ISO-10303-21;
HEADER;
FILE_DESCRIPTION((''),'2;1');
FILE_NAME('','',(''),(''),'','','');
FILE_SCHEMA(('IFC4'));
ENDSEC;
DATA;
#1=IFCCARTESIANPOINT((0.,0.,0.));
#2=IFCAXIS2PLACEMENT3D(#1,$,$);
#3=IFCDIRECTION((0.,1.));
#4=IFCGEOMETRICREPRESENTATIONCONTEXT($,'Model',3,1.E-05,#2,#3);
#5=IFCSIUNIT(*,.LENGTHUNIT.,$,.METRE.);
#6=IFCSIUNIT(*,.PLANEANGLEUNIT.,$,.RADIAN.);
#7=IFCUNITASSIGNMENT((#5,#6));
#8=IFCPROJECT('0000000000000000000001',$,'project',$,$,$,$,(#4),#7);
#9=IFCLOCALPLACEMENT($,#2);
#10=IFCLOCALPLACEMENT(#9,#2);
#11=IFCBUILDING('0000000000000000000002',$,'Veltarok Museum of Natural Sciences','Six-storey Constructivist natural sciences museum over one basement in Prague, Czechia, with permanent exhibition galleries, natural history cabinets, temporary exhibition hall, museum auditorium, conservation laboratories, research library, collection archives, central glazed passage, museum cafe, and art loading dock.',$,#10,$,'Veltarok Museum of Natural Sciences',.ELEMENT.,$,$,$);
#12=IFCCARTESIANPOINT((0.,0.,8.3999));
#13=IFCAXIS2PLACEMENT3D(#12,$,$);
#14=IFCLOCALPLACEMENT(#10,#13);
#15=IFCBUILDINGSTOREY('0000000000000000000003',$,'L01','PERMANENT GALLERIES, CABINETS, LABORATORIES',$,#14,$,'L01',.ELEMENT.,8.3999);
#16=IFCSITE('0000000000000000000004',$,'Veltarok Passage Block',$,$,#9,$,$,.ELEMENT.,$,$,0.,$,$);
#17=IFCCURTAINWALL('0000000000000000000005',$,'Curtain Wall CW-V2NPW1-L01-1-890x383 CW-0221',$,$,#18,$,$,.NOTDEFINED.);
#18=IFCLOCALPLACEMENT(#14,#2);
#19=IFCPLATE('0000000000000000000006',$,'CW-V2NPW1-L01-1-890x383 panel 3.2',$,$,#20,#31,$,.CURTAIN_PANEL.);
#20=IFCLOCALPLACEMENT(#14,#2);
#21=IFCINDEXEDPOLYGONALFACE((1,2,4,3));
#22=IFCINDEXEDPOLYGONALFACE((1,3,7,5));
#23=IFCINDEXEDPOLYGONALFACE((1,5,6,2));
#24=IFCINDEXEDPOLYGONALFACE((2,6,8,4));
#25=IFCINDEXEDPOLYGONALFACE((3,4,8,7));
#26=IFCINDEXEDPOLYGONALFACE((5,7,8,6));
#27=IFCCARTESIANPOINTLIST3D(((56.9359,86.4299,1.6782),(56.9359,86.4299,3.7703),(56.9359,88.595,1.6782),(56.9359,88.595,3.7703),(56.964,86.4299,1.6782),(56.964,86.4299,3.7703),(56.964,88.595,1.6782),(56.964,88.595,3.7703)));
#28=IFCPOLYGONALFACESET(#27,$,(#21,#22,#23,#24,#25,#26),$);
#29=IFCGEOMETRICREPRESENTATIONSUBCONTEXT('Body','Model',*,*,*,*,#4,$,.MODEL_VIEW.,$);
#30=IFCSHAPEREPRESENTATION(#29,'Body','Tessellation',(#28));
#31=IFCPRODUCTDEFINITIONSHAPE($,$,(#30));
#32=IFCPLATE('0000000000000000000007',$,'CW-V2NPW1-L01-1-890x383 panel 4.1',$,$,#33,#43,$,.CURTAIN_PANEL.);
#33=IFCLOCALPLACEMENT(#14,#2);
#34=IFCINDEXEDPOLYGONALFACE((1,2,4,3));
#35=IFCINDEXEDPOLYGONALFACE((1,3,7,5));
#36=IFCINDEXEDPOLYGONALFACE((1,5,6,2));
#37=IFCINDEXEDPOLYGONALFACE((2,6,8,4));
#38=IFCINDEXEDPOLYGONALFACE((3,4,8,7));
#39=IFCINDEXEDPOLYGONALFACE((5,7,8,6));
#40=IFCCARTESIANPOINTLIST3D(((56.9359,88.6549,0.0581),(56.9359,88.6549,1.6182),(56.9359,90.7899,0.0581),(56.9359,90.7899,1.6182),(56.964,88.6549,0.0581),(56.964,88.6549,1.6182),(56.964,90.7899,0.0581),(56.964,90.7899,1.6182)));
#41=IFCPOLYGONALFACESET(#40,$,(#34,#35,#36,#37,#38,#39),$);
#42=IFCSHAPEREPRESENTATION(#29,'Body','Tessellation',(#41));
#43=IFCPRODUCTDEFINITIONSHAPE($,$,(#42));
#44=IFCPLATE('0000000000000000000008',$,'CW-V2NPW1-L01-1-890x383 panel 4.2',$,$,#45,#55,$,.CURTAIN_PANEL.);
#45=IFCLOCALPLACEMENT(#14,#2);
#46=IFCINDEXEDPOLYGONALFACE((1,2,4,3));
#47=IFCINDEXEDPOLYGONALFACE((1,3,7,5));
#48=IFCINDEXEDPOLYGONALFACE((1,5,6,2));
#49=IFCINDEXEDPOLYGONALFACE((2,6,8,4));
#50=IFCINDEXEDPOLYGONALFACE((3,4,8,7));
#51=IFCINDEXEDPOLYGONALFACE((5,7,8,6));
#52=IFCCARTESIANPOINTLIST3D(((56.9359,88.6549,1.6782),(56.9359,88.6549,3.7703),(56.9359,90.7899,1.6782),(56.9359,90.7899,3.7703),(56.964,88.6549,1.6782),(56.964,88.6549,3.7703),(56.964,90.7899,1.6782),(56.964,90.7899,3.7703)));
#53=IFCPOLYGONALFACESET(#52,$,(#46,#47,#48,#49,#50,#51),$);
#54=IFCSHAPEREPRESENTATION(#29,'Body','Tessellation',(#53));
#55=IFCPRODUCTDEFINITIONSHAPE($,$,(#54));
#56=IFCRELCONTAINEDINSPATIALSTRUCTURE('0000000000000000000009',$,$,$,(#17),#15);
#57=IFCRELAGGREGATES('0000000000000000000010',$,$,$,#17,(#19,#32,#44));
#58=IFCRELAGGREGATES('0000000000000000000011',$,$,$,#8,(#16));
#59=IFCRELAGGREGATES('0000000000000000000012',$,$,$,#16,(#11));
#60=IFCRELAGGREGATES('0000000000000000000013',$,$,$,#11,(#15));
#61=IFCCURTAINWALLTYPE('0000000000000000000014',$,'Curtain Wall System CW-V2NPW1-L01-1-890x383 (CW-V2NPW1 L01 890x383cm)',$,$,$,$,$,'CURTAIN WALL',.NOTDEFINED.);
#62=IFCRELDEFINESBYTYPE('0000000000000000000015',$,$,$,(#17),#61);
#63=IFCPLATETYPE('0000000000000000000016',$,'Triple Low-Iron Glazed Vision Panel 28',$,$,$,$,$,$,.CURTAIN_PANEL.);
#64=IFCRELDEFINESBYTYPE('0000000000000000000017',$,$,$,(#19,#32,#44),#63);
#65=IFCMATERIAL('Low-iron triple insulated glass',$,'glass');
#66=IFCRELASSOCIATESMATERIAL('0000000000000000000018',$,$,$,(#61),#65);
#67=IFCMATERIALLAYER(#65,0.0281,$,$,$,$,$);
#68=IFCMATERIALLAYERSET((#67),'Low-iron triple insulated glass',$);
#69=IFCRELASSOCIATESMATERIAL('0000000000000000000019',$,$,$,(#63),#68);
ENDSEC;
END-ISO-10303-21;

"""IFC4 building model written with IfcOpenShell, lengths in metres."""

from ifc_helpers import new_model, si_unit, direction, frame, origin, origin_2d, place, context, subcontext, project, spatial, rectangle, extrude, material, layer, layer_set, type_object, element, aggregate, save


model = new_model("IFC4")

# Units and contexts
model_context = context("Model", 3, precision=1e-05, world=origin(), true_north=direction((0.0, 1.0)))
body_context = subcontext(model_context, "Body", "Model", "MODEL_VIEW")
ifc_project = project(units=[si_unit("LENGTHUNIT", "METRE"), si_unit("PLANEANGLEUNIT", "RADIAN")], contexts=[model_context])

# Site, building, storey
site_placement = place(None, origin())
site = spatial("IfcSite", under=ifc_project, at=site_placement, Name="Veltarok Passage Block", CompositionType="ELEMENT", RefElevation=0.0)
building_placement = place(site_placement, origin())
building = spatial("IfcBuilding", under=site, at=building_placement, Name="Veltarok Museum of Natural Sciences", Description="Six-storey Constructivist natural sciences museum over one basement in Prague, Czechia, with permanent exhibition galleries, natural history cabinets, temporary exhibition hall, museum auditorium, conservation laboratories, research library, collection archives, central glazed passage, museum cafe, and art loading dock.", LongName="Veltarok Museum of Natural Sciences", CompositionType="ELEMENT")
storey_placement = place(building_placement, frame((0.0, 0.0, 8.3999)))
storey = spatial("IfcBuildingStorey", under=building, at=storey_placement, Name="L01", Description="PERMANENT GALLERIES, CABINETS, LABORATORIES", LongName="L01", CompositionType="ELEMENT", Elevation=8.3999)

# Curtain wall
ifc_material_1 = material(Name="Low-iron triple insulated glass", Category="glass")
curtain_wall_type_1 = type_object("IfcCurtainWallType", Name="Curtain Wall System CW-V2NPW1-L01-1-890x383 (CW-V2NPW1 L01 890x383cm)", ElementType="CURTAIN WALL", PredefinedType="NOTDEFINED", material=ifc_material_1)
curtain_wall_1_placement = place(storey_placement, origin())
curtain_wall_1 = element("IfcCurtainWall", 1, at=curtain_wall_1_placement, inside=storey, type_object=curtain_wall_type_1, Name="Curtain Wall CW-V2NPW1-L01-1-890x383 CW-0221", PredefinedType="NOTDEFINED")

# Plates
ifc_layer = layer(ifc_material_1, 0.0281)
ifc_layer_set = layer_set([ifc_layer], Name="Low-iron triple insulated glass")
plate_type = type_object("IfcPlateType", Name="Triple Low-Iron Glazed Vision Panel 28", PredefinedType="CURTAIN_PANEL", material=ifc_layer_set)
plate_1_placement = place(storey_placement, frame((56.95, 87.5125, 1.6782), z_axis=(0.0, 0.0, 1.0), x_axis=(0.0, 1.0, 0.0)))
plate_1 = element("IfcPlate", 2, at=plate_1_placement, type_object=plate_type, Name="CW-V2NPW1-L01-1-890x383 panel 3.2", PredefinedType="CURTAIN_PANEL", context=body_context, shape_type="SweptSolid", body=[
    extrude(rectangle(XDim=2.165, YDim=0.0281, at=origin_2d()), origin(), (0.0, 0.0, 1.0), 2.092),
])
plate_2_placement = place(storey_placement, frame((56.95, 89.7224, 0.0581), z_axis=(0.0, 0.0, 1.0), x_axis=(0.0, 1.0, 0.0)))
plate_2 = element("IfcPlate", 3, at=plate_2_placement, type_object=plate_type, Name="CW-V2NPW1-L01-1-890x383 panel 4.1", PredefinedType="CURTAIN_PANEL", context=body_context, shape_type="SweptSolid", body=[
    extrude(rectangle(XDim=2.135, YDim=0.0281, at=origin_2d()), origin(), (0.0, 0.0, 1.0), 1.5601),
])
plate_3_placement = place(storey_placement, frame((56.95, 89.7224, 1.6782), z_axis=(0.0, 0.0, 1.0), x_axis=(0.0, 1.0, 0.0)))
plate_3 = element("IfcPlate", 4, at=plate_3_placement, type_object=plate_type, Name="CW-V2NPW1-L01-1-890x383 panel 4.2", PredefinedType="CURTAIN_PANEL", context=body_context, shape_type="SweptSolid", body=[
    extrude(rectangle(XDim=2.135, YDim=0.0281, at=origin_2d()), origin(), (0.0, 0.0, 1.0), 2.092),
])
aggregate(curtain_wall_1, [plate_1, plate_2, plate_3])

save(model, "model.ifc")
